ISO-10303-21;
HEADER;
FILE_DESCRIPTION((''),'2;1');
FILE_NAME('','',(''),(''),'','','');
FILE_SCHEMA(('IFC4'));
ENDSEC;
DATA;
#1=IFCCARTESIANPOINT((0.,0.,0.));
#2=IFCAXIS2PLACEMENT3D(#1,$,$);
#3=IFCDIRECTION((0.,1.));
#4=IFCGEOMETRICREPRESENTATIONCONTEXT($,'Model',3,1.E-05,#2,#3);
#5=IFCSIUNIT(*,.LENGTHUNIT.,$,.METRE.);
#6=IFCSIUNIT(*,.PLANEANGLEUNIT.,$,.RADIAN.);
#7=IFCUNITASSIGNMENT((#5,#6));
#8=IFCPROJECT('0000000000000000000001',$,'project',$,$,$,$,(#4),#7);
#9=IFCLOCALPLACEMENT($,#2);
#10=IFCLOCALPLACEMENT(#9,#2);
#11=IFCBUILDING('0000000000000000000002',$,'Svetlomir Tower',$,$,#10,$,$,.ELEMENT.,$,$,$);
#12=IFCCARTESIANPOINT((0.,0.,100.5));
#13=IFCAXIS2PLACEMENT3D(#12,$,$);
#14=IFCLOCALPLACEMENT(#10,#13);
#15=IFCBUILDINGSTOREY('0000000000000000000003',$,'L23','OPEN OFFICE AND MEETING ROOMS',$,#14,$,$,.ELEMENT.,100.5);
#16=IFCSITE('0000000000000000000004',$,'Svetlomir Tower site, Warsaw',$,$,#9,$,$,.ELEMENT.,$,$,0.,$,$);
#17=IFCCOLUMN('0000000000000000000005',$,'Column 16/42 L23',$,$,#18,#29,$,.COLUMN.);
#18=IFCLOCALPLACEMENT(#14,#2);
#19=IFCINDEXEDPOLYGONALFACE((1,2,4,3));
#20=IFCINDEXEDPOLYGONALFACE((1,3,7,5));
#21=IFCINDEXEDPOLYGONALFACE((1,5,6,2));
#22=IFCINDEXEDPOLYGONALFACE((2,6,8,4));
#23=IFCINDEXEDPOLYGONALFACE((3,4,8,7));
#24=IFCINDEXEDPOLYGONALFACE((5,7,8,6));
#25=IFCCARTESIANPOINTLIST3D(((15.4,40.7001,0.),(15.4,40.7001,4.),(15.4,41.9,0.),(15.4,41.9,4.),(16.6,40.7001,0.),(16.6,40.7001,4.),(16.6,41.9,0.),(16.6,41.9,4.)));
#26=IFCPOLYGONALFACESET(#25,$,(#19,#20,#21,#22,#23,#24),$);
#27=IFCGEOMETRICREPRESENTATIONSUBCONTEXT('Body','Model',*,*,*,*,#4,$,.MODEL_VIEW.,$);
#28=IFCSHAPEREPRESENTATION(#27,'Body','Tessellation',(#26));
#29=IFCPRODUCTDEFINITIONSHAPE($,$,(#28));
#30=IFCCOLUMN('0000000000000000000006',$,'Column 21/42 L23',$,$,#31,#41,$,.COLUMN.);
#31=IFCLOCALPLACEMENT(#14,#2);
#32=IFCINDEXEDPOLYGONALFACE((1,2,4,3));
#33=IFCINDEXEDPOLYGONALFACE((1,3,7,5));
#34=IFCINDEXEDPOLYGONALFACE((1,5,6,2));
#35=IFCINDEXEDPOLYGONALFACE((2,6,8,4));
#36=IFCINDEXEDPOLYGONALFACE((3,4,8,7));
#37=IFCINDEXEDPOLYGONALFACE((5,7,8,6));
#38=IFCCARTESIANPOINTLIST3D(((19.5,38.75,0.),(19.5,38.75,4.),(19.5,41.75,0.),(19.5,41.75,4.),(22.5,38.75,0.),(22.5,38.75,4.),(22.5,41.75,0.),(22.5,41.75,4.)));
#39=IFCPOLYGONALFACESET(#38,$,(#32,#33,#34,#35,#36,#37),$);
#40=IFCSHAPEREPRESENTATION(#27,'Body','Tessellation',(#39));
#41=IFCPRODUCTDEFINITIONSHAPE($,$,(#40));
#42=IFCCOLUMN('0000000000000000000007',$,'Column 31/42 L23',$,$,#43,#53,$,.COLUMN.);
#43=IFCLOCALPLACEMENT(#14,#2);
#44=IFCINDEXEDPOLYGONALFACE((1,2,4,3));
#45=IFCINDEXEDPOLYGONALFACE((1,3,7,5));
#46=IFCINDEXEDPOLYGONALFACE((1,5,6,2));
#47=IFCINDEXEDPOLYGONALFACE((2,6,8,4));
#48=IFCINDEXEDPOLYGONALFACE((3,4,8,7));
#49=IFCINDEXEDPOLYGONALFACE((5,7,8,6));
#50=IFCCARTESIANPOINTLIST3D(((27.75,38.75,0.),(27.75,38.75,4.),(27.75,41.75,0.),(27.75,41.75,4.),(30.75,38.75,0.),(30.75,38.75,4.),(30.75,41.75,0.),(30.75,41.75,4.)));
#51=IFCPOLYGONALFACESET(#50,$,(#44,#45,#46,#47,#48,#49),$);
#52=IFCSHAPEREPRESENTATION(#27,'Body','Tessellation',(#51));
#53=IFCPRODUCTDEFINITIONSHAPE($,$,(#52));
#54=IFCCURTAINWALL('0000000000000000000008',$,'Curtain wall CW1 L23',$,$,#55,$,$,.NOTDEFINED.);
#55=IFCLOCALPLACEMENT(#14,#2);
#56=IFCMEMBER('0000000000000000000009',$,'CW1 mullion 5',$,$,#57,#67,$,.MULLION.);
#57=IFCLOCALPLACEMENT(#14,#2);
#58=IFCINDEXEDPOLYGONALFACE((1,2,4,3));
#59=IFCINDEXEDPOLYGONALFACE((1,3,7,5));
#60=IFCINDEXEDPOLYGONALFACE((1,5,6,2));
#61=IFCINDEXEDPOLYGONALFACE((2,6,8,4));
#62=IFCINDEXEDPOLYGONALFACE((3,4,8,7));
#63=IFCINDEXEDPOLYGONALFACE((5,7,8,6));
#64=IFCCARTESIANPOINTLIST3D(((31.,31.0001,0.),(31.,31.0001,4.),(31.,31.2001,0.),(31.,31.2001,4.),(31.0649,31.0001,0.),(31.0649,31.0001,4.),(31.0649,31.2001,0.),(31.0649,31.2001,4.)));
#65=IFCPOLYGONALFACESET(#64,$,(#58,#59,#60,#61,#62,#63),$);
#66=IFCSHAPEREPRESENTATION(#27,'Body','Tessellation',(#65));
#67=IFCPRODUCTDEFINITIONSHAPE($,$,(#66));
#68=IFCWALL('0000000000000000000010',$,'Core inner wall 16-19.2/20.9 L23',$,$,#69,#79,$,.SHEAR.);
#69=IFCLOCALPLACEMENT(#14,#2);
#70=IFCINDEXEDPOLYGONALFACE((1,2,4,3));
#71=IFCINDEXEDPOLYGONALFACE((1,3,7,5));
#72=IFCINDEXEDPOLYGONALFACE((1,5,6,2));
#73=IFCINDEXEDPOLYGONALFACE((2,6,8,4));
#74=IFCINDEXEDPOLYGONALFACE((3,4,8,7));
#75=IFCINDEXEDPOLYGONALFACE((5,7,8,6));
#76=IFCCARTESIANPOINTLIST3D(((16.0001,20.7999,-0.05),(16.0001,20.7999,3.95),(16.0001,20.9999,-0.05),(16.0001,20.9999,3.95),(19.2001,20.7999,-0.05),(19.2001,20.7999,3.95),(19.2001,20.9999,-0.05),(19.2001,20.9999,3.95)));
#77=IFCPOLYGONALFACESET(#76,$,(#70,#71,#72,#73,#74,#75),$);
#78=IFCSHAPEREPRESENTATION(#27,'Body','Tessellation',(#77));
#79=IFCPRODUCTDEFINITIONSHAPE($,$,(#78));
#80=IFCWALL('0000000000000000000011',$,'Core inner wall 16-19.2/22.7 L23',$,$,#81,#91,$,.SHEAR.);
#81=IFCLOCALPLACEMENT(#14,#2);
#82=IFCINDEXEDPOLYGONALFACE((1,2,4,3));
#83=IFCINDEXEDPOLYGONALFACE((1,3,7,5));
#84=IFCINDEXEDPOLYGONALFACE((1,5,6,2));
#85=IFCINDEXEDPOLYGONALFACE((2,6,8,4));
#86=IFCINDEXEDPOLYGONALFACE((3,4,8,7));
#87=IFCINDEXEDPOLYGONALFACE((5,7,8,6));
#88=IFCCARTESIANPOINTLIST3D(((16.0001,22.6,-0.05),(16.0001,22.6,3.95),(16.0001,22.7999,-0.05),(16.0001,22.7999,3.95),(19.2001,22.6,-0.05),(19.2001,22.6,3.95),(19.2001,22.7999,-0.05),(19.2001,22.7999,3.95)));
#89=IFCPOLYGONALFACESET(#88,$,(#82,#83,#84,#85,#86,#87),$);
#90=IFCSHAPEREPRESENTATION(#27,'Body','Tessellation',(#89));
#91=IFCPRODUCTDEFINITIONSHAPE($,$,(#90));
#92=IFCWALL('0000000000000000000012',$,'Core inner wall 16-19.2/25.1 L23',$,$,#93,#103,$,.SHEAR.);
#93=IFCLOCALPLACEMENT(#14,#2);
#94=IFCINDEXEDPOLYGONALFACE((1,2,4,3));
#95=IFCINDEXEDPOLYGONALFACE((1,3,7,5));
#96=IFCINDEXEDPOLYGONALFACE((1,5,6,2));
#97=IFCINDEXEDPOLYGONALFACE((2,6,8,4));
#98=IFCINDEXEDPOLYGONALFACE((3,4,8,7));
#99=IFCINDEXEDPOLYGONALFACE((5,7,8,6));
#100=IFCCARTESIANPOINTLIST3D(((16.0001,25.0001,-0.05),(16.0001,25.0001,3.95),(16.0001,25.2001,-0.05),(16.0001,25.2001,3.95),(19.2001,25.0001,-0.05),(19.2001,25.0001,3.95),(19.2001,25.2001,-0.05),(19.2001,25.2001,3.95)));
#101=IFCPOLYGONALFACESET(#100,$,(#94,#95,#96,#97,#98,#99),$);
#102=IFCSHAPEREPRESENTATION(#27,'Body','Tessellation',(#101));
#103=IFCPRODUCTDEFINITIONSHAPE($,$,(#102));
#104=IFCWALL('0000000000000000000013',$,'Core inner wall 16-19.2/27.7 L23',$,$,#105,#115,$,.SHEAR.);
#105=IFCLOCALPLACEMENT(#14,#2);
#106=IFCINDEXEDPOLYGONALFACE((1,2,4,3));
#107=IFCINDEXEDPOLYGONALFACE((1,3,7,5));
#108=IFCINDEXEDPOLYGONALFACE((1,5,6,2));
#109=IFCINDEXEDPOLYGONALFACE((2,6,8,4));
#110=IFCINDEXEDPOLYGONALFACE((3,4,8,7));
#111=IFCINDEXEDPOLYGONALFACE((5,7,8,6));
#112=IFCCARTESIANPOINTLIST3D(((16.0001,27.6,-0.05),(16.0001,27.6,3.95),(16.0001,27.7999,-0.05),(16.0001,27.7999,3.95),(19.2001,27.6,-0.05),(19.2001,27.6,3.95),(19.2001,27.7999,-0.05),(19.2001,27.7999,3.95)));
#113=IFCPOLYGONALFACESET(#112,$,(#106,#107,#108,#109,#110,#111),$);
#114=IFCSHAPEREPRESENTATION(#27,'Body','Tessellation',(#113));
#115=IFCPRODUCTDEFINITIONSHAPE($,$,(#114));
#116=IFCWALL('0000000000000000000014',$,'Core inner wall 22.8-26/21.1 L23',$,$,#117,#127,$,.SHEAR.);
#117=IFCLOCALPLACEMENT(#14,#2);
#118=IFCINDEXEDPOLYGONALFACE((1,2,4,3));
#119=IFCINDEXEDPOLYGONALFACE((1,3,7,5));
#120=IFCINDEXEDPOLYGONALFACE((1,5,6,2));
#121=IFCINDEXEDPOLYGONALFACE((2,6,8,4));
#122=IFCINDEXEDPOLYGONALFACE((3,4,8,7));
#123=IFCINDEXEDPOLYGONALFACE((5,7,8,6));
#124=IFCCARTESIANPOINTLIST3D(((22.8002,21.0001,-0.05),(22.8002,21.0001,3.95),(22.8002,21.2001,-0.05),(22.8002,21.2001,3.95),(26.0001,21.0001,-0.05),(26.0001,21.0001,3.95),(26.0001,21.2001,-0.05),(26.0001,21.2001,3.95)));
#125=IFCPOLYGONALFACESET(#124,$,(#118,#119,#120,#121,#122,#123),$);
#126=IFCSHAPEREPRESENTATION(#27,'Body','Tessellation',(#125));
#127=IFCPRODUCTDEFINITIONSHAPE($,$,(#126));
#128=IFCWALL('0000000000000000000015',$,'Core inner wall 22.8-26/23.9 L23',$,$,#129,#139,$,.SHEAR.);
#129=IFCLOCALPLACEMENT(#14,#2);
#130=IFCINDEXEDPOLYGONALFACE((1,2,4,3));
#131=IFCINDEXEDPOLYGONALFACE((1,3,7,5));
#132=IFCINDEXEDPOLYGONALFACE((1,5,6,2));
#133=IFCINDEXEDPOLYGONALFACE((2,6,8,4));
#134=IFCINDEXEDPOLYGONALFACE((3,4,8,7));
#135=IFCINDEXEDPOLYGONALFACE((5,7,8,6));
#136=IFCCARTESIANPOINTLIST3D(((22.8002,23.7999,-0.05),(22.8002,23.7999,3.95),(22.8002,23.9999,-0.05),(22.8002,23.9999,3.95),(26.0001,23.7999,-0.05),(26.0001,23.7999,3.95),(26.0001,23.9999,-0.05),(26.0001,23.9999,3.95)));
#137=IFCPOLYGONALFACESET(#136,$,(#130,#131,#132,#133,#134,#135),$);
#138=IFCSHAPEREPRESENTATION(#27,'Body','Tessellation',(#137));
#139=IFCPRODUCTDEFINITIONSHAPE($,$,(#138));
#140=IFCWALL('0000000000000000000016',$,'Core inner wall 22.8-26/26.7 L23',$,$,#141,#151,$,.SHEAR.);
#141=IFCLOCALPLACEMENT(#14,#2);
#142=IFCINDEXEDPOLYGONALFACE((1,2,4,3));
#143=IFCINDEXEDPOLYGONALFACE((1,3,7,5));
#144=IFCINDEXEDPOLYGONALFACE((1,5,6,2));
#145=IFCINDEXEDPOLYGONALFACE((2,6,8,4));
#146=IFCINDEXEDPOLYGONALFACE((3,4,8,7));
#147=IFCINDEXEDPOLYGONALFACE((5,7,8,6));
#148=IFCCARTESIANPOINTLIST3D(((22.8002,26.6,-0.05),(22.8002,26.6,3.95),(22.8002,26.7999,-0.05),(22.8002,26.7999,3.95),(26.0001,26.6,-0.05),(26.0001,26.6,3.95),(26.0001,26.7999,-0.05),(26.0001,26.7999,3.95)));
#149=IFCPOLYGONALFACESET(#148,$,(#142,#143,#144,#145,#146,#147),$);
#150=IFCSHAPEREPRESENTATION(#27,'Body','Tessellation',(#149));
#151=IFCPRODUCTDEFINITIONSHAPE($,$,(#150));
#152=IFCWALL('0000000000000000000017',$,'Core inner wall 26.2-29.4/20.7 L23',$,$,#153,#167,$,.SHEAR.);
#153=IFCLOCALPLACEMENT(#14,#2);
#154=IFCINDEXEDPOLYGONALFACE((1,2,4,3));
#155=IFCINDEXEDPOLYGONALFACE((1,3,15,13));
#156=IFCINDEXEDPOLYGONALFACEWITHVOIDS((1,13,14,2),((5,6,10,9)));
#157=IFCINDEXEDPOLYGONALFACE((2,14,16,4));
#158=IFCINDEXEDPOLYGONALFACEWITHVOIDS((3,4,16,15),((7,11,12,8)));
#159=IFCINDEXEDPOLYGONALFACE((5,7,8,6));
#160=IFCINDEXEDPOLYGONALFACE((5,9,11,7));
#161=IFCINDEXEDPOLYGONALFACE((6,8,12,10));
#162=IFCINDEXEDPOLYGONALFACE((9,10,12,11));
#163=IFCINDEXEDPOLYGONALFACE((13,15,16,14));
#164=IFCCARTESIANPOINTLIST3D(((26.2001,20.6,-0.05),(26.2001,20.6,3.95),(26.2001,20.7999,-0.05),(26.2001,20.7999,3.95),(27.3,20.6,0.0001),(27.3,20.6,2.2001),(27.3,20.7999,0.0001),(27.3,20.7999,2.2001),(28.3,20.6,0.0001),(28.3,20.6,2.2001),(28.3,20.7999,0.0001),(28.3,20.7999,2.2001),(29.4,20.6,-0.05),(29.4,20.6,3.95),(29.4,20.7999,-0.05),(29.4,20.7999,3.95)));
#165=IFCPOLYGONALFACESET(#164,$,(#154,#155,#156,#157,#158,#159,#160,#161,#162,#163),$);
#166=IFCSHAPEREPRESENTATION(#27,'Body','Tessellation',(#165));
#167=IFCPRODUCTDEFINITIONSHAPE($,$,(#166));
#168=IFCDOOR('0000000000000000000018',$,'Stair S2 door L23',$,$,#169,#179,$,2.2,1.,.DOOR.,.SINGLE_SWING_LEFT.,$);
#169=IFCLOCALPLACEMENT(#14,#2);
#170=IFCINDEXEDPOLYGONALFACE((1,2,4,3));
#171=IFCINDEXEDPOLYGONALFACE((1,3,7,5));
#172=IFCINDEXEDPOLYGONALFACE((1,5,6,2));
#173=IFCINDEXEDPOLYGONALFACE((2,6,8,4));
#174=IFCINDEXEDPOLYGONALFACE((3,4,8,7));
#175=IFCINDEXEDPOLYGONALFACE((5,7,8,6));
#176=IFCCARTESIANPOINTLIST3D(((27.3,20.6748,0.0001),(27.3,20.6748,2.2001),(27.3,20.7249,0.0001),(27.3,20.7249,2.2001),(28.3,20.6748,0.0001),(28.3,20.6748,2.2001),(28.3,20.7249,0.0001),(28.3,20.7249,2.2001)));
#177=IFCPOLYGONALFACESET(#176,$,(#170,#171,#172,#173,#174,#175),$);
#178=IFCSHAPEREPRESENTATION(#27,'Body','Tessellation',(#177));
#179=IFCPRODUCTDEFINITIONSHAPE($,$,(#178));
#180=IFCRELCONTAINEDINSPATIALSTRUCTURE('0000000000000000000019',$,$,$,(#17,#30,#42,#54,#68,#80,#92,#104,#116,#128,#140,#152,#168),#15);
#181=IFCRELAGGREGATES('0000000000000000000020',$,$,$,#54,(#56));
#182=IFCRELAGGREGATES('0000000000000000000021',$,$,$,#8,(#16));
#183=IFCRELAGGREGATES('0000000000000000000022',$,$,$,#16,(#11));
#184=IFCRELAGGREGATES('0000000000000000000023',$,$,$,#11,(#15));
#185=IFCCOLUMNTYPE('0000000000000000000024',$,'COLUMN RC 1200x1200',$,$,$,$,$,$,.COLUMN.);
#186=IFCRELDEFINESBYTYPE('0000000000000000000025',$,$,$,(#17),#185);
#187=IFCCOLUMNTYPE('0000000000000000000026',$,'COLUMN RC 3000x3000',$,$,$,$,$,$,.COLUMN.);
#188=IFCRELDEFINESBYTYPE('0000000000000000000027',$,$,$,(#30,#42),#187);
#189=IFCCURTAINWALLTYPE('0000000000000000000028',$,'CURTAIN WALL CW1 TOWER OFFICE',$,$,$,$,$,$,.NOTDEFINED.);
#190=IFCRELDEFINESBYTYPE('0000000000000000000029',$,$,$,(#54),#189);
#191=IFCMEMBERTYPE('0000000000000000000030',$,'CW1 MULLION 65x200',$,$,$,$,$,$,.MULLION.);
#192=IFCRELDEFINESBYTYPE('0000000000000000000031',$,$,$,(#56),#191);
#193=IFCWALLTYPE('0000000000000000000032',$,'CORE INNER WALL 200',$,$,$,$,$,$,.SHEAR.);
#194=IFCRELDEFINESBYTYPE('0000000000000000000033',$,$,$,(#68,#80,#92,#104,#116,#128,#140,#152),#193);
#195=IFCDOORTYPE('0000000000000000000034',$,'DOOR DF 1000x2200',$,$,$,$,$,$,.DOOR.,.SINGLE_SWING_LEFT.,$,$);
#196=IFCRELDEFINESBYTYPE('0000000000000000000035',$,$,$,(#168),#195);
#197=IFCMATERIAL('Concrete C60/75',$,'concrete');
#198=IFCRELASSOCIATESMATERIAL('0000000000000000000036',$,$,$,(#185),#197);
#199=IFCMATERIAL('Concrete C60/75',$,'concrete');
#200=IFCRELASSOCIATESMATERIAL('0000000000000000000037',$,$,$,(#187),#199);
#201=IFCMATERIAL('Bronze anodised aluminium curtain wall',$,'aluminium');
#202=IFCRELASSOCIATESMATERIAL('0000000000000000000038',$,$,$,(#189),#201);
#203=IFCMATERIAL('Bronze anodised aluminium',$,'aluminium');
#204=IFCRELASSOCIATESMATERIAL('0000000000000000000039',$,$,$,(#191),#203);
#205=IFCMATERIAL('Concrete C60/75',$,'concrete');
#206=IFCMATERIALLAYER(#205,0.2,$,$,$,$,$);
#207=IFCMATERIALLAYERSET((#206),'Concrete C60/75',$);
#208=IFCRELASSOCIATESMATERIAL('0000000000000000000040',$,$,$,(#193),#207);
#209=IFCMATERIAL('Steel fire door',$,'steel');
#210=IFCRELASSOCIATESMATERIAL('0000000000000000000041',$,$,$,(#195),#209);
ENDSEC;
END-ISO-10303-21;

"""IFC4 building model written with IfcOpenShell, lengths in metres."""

from ifc_helpers import new_model, si_unit, direction, frame, frame_2d, origin, origin_2d, place, context, subcontext, project, spatial, rectangle, extrude, material, layer, layer_set, material_profile, profile_set, type_object, element, fill, aggregate, save


model = new_model("IFC4")

# Units and contexts
model_context = context("Model", 3, precision=1e-05, world=origin(), true_north=direction((0.0, 1.0)))
body_context = subcontext(model_context, "Body", "Model", "MODEL_VIEW")
ifc_project = project(units=[si_unit("LENGTHUNIT", "METRE"), si_unit("PLANEANGLEUNIT", "RADIAN")], contexts=[model_context])

# Site, building, storey
site_placement = place(None, origin())
site = spatial("IfcSite", under=ifc_project, at=site_placement, Name="Svetlomir Tower site, Warsaw", CompositionType="ELEMENT", RefElevation=0.0)
building_placement = place(site_placement, origin())
building = spatial("IfcBuilding", under=site, at=building_placement, Name="Svetlomir Tower", CompositionType="ELEMENT")
storey_placement = place(building_placement, frame((0.0, 0.0, 100.5)))
storey = spatial("IfcBuildingStorey", under=building, at=storey_placement, Name="L23", Description="OPEN OFFICE AND MEETING ROOMS", CompositionType="ELEMENT", Elevation=100.5)

# Columns
ifc_material_1 = material(Name="Concrete C60/75", Category="concrete")
ifc_material_profile_1 = material_profile(ifc_material_1, rectangle(XDim=1.2, YDim=1.2, at=origin_2d()), Name="RC 1200x1200")
ifc_profile_set_1 = profile_set([ifc_material_profile_1], Name="Concrete C60/75")
column_type_1 = type_object("IfcColumnType", Name="COLUMN RC 1200x1200", PredefinedType="COLUMN", material=ifc_profile_set_1)
column_placement = place(storey_placement, frame((16.0, 41.3, 0.0), z_axis=(0.0, 0.0, 1.0), x_axis=(1.0, 0.0, 0.0)))
element("IfcColumn", 1, at=column_placement, inside=storey, type_object=column_type_1, Name="Column 16/42 L23", PredefinedType="COLUMN", context=body_context, shape_type="SweptSolid", body=[
    extrude(rectangle(XDim=1.2, YDim=1.2, at=origin_2d()), origin(), (0.0, 0.0, 1.0), 4.0),
])
ifc_material_2 = material(Name="Concrete C60/75", Category="concrete")
ifc_material_profile_2 = material_profile(ifc_material_2, rectangle(XDim=3.0, YDim=3.0, at=origin_2d()), Name="RC 3000x3000")
ifc_profile_set_2 = profile_set([ifc_material_profile_2], Name="Concrete C60/75")
column_type_2 = type_object("IfcColumnType", Name="COLUMN RC 3000x3000", PredefinedType="COLUMN", material=ifc_profile_set_2)
for number, where, z_axis, x_axis, name in (
    (2, (21.0, 40.25, 0.0), (0.0, 0.0, 1.0), (1.0, 0.0, 0.0), "Column 21/42 L23"),
    (3, (29.25, 40.25, 0.0), (0.0, 0.0, 1.0), (1.0, 0.0, 0.0), "Column 31/42 L23"),
):
    element("IfcColumn", number, at=place(storey_placement, frame(where, z_axis=z_axis, x_axis=x_axis)), inside=storey, type_object=column_type_2, Name=name, PredefinedType="COLUMN", context=body_context, shape_type="SweptSolid", body=[
        extrude(rectangle(XDim=3.0, YDim=3.0, at=origin_2d()), origin(), (0.0, 0.0, 1.0), 4.0),
    ])

# Curtain wall, member
ifc_material_3 = material(Name="Bronze anodised aluminium curtain wall", Category="aluminium")
curtain_wall_type = type_object("IfcCurtainWallType", Name="CURTAIN WALL CW1 TOWER OFFICE", PredefinedType="NOTDEFINED", material=ifc_material_3)
curtain_wall_placement = place(storey_placement, origin())
curtain_wall = element("IfcCurtainWall", 4, at=curtain_wall_placement, inside=storey, type_object=curtain_wall_type, Name="Curtain wall CW1 L23", PredefinedType="NOTDEFINED")
ifc_material_4 = material(Name="Bronze anodised aluminium", Category="aluminium")
ifc_material_profile_3 = material_profile(ifc_material_4, rectangle(XDim=0.0649, YDim=0.2, at=origin_2d()), Name="AL 65x200")
ifc_profile_set_3 = profile_set([ifc_material_profile_3], Name="Bronze anodised aluminium 6063-T6")
member_type = type_object("IfcMemberType", Name="CW1 MULLION 65x200", PredefinedType="MULLION", material=ifc_profile_set_3)
member_placement = place(storey_placement, frame((31.0325, 31.1001, 0.0), z_axis=(0.0, 0.0, 1.0), x_axis=(-1.0, 0.0, 0.0)))
member = element("IfcMember", 5, at=member_placement, type_object=member_type, Name="CW1 mullion 5", PredefinedType="MULLION", context=body_context, shape_type="SweptSolid", body=[
    extrude(rectangle(XDim=0.0649, YDim=0.2, at=origin_2d()), origin(), (0.0, 0.0, 1.0), 4.0),
])
aggregate(curtain_wall, [member])

# Walls
ifc_material_5 = material(Name="Concrete C60/75", Category="concrete")
ifc_layer_1 = layer(ifc_material_5, 0.2)
ifc_layer_set_1 = layer_set([ifc_layer_1], Name="Concrete C60/75")
wall_type_1 = type_object("IfcWallType", Name="CORE INNER WALL 200", PredefinedType="SHEAR", material=ifc_layer_set_1)
for number, where, z_axis, x_axis, name in (
    (6, (16.0, 20.8999, -0.05), (0.0, 0.0, 1.0), (1.0, 0.0, 0.0), "Core inner wall 16-19.2/20.9 L23"),
    (7, (16.0, 22.7, -0.05), (0.0, 0.0, 1.0), (1.0, 0.0, 0.0), "Core inner wall 16-19.2/22.7 L23"),
    (8, (16.0, 25.1001, -0.05), (0.0, 0.0, 1.0), (1.0, 0.0, 0.0), "Core inner wall 16-19.2/25.1 L23"),
    (9, (16.0, 27.7, -0.05), (0.0, 0.0, 1.0), (1.0, 0.0, 0.0), "Core inner wall 16-19.2/27.7 L23"),
    (10, (22.8, 21.1001, -0.05), (0.0, 0.0, 1.0), (1.0, 0.0, 0.0), "Core inner wall 22.8-26/21.1 L23"),
    (11, (22.8, 23.8999, -0.05), (0.0, 0.0, 1.0), (1.0, 0.0, 0.0), "Core inner wall 22.8-26/23.9 L23"),
    (12, (22.8, 26.7, -0.05), (0.0, 0.0, 1.0), (1.0, 0.0, 0.0), "Core inner wall 22.8-26/26.7 L23"),
):
    element("IfcWall", number, at=place(storey_placement, frame(where, z_axis=z_axis, x_axis=x_axis)), inside=storey, type_object=wall_type_1, Name=name, PredefinedType="SHEAR", context=body_context, shape_type="SweptSolid", body=[
        extrude(rectangle(XDim=3.2, YDim=0.2, at=frame_2d((1.6001, 0.0))), origin(), (0.0, 0.0, 1.0), 4.0),
    ])

# Wall, opening, door
wall_1_placement = place(storey_placement, frame((26.2, 20.7, -0.05), z_axis=(0.0, 0.0, 1.0), x_axis=(1.0, 0.0, 0.0)))
wall_1 = element("IfcWall", 13, at=wall_1_placement, inside=storey, type_object=wall_type_1, Name="Core inner wall 26.2-29.4/20.7 L23", PredefinedType="SHEAR", context=body_context, shape_type="SweptSolid", body=[
    extrude(rectangle(XDim=3.2, YDim=0.2, at=frame_2d((1.6001, 0.0))), origin(), (0.0, 0.0, 1.0), 4.0),
])
opening_1_placement = place(wall_1_placement, frame((1.1001, 0.0, 0.05)))
opening_1 = element("IfcOpeningElement", 14, at=opening_1_placement, cuts=wall_1, PredefinedType="OPENING", context=body_context, shape_type="SweptSolid", body=[
    extrude(rectangle(XDim=1.0, YDim=2.2, at=frame_2d((0.5, 1.1001))), frame((0.0, 0.1099, 0.0), z_axis=(0.0, -1.0, 0.0), x_axis=(1.0, 0.0, 0.0)), (0.0, 0.0, 1.0), 0.22),
])
ifc_material_6 = material(Name="Steel fire door", Category="steel")
door_type_1 = type_object("IfcDoorType", Name="DOOR DF 1000x2200", OperationType="SINGLE_SWING_LEFT", PredefinedType="DOOR", material=ifc_material_6)
door_1_placement = place(opening_1_placement, origin())
door_1 = element("IfcDoor", 15, at=door_1_placement, inside=storey, type_object=door_type_1, Name="Stair S2 door L23", OperationType="SINGLE_SWING_LEFT", OverallHeight=2.2, OverallWidth=1.0, PredefinedType="DOOR", context=body_context, shape_type="SweptSolid", body=[
    extrude(rectangle(XDim=1.0, YDim=2.2, at=frame_2d((0.5, 1.1001))), frame((0.0, 0.0249, 0.0), z_axis=(0.0, -1.0, 0.0), x_axis=(1.0, 0.0, 0.0)), (0.0, 0.0, 1.0), 0.05),
])
fill(opening_1, door_1)

save(model, "model.ifc")
